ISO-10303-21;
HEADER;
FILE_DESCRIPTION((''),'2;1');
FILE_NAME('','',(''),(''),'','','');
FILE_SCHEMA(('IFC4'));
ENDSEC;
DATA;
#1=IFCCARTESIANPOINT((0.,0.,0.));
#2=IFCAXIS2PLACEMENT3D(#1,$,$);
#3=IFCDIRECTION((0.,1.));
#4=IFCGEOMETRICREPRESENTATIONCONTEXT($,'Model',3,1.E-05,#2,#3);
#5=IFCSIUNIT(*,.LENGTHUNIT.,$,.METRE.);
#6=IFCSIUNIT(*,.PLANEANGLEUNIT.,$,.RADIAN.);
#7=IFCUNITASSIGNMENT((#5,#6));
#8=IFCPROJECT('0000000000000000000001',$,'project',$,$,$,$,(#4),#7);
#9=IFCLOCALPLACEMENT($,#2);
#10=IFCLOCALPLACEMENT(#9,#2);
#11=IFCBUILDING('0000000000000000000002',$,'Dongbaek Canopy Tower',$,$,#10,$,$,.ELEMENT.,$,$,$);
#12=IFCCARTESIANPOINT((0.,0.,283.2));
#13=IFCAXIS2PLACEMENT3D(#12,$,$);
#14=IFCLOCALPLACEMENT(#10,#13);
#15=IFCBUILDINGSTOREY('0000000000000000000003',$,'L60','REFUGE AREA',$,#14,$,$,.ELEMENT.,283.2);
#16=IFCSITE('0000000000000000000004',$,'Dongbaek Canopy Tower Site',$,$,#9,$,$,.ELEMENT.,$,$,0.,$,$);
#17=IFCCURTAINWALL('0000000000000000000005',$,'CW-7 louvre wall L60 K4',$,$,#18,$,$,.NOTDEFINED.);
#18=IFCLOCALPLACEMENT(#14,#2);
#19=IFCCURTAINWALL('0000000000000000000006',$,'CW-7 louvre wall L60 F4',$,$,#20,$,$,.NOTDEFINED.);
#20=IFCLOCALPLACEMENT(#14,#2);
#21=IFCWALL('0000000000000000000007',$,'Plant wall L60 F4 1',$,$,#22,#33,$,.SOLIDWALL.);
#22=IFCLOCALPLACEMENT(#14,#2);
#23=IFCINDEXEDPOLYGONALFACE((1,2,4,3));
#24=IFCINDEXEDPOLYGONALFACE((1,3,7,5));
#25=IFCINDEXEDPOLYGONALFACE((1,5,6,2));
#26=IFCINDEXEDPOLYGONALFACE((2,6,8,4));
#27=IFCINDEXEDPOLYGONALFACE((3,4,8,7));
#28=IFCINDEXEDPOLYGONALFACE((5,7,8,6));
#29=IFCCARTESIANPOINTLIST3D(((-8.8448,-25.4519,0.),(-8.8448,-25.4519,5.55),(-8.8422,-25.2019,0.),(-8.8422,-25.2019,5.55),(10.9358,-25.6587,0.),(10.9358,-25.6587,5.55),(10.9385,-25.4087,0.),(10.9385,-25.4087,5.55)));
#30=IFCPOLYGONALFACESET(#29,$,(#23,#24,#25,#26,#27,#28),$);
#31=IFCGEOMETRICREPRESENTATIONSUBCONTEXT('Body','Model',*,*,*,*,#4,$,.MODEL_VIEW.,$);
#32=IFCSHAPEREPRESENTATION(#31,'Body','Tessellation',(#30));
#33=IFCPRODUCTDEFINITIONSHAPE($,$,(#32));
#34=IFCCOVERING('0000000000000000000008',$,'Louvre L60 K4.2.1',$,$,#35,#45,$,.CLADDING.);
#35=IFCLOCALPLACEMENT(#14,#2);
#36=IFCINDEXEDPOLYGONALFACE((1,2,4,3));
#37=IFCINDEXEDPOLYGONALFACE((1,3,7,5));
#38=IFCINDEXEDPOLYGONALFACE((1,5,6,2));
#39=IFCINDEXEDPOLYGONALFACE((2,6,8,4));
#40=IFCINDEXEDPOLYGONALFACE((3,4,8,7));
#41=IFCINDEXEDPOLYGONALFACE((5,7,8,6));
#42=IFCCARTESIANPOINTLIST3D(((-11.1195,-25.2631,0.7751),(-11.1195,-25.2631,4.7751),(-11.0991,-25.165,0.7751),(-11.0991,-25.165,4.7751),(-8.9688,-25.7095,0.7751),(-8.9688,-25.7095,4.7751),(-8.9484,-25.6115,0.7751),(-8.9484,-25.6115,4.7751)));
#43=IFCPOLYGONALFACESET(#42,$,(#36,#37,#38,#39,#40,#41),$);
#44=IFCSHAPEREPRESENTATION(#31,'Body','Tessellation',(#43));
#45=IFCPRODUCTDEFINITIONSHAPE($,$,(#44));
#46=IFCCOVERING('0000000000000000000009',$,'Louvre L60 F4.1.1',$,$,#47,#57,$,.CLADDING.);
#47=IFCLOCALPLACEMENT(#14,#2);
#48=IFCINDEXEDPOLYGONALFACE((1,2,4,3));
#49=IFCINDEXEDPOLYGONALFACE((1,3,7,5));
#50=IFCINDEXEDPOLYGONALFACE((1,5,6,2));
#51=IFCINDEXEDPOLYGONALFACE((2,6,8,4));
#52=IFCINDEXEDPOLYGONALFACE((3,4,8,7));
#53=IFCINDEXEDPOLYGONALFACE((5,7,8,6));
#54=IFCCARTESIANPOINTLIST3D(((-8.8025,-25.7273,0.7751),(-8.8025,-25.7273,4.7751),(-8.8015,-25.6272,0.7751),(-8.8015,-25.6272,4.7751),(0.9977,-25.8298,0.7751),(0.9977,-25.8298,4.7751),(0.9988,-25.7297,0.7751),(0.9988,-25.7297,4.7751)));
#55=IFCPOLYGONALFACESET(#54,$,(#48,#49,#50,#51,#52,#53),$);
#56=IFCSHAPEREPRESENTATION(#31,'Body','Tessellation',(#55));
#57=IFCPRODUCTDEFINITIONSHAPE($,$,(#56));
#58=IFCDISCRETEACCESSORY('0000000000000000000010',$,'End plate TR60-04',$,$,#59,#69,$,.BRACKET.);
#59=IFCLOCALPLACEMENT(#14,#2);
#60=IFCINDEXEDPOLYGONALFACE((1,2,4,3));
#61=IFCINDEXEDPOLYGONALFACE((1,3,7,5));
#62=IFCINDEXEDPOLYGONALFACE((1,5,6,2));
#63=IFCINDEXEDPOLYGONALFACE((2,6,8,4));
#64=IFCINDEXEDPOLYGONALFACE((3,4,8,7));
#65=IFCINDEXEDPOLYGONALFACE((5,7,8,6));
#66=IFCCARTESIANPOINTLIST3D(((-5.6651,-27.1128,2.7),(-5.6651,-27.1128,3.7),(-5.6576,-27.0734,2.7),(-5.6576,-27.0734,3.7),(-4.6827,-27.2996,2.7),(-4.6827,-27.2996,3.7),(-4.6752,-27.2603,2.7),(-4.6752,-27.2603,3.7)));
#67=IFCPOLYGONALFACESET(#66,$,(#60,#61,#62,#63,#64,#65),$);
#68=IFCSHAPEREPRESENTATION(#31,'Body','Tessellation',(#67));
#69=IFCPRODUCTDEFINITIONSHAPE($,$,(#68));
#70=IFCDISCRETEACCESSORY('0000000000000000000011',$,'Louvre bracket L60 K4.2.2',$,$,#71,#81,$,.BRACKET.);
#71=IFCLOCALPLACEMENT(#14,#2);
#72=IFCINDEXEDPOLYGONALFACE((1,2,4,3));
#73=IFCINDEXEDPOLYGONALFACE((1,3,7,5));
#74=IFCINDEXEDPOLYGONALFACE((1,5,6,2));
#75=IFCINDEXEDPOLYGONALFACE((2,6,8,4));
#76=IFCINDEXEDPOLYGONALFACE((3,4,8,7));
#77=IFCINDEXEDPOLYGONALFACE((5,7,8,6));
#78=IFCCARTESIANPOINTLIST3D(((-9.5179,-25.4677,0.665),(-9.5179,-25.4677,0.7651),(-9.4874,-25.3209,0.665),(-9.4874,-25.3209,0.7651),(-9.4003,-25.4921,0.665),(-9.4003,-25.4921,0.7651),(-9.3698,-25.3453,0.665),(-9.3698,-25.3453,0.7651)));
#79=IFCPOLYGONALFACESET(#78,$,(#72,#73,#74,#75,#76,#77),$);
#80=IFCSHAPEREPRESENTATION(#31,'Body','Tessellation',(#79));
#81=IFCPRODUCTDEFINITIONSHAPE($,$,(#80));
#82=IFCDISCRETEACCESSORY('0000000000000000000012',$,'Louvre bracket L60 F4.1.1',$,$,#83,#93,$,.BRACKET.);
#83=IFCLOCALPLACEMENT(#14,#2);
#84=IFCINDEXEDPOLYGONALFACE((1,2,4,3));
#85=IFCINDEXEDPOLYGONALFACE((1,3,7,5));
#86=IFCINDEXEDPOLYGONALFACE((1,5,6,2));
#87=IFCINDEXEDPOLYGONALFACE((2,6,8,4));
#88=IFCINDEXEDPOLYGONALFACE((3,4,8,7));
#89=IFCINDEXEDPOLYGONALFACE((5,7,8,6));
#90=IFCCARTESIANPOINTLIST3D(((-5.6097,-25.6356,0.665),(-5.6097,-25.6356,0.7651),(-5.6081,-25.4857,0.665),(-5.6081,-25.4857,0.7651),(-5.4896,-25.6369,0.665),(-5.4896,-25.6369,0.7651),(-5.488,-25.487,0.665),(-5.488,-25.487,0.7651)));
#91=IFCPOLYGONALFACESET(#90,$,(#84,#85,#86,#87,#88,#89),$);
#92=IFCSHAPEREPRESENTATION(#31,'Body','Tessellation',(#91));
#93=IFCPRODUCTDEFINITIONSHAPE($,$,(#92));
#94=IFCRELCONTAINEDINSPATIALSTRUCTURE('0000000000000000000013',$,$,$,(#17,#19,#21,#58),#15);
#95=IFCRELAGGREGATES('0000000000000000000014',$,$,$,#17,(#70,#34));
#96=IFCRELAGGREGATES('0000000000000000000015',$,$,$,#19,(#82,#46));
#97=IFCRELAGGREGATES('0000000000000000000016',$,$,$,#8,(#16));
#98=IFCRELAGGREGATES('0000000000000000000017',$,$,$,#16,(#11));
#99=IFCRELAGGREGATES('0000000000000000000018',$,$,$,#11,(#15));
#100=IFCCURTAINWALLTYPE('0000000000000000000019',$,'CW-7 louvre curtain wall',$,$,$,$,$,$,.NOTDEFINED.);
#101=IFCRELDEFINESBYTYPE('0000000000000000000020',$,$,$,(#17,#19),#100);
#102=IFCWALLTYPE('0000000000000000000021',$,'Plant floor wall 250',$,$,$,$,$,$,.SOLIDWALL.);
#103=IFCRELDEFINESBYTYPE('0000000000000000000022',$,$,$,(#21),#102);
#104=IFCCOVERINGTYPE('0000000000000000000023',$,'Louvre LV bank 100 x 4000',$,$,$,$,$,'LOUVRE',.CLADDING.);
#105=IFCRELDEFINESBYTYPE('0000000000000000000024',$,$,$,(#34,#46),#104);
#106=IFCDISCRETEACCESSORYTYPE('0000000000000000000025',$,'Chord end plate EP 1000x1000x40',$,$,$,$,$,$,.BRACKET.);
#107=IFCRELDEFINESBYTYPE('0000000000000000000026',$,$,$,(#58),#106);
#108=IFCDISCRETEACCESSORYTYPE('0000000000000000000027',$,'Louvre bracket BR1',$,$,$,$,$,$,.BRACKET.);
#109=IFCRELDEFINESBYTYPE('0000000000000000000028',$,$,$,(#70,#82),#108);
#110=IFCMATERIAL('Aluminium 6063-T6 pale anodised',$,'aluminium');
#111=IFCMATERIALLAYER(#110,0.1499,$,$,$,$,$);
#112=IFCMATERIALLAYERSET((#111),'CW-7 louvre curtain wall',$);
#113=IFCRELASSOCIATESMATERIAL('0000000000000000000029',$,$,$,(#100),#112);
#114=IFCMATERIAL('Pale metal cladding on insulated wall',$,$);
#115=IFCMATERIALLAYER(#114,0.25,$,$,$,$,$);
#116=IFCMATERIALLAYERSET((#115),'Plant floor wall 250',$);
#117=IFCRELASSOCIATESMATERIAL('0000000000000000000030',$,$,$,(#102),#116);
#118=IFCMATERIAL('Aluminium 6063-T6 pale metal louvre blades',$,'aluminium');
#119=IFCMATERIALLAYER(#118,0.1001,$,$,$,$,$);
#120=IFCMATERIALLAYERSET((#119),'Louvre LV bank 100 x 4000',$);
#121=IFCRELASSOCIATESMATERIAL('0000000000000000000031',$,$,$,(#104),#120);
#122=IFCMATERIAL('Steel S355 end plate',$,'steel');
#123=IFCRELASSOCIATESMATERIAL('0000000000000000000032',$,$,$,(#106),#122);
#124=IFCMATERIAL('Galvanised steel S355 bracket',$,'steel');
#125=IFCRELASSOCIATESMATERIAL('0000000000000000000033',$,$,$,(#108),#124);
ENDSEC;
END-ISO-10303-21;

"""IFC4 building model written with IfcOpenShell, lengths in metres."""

from ifc_helpers import new_model, si_unit, direction, frame, frame_2d, origin, origin_2d, place, context, subcontext, project, spatial, rectangle, extrude, material, layer, layer_set, type_object, element, aggregate, save


model = new_model("IFC4")

# Units and contexts
model_context = context("Model", 3, precision=1e-05, world=origin(), true_north=direction((0.0, 1.0)))
body_context = subcontext(model_context, "Body", "Model", "MODEL_VIEW")
ifc_project = project(units=[si_unit("LENGTHUNIT", "METRE"), si_unit("PLANEANGLEUNIT", "RADIAN")], contexts=[model_context])

# Site, building, storey
site_placement = place(None, origin())
site = spatial("IfcSite", under=ifc_project, at=site_placement, Name="Dongbaek Canopy Tower Site", CompositionType="ELEMENT", RefElevation=0.0)
building_placement = place(site_placement, origin())
building = spatial("IfcBuilding", under=site, at=building_placement, Name="Dongbaek Canopy Tower", CompositionType="ELEMENT")
storey_placement = place(building_placement, frame((0.0, 0.0, 283.2)))
storey = spatial("IfcBuildingStorey", under=building, at=storey_placement, Name="L60", Description="REFUGE AREA", CompositionType="ELEMENT", Elevation=283.2)

# Curtain wall
ifc_material_1 = material(Name="Aluminium 6063-T6 pale anodised", Category="aluminium")
ifc_layer_1 = layer(ifc_material_1, 0.1499)
ifc_layer_set_1 = layer_set([ifc_layer_1], Name="CW-7 louvre curtain wall")
curtain_wall_type = type_object("IfcCurtainWallType", Name="CW-7 louvre curtain wall", PredefinedType="NOTDEFINED", material=ifc_layer_set_1)
curtain_wall_1_placement = place(storey_placement, origin())
curtain_wall_1 = element("IfcCurtainWall", 1, at=curtain_wall_1_placement, inside=storey, type_object=curtain_wall_type, Name="CW-7 louvre wall L60 K4", PredefinedType="NOTDEFINED")

# Curtain wall
curtain_wall_2_placement = place(storey_placement, origin())
curtain_wall_2 = element("IfcCurtainWall", 2, at=curtain_wall_2_placement, inside=storey, type_object=curtain_wall_type, Name="CW-7 louvre wall L60 F4", PredefinedType="NOTDEFINED")

# Wall
ifc_material_2 = material(Name="Pale metal cladding on insulated wall")
ifc_layer_2 = layer(ifc_material_2, 0.25)
ifc_layer_set_2 = layer_set([ifc_layer_2], Name="Plant floor wall 250")
wall_type_1 = type_object("IfcWallType", Name="Plant floor wall 250", PredefinedType="SOLIDWALL", material=ifc_layer_set_2)
wall_1_placement = place(storey_placement, frame((-8.8435, -25.3269, 0.0), z_axis=(0.0, 0.0, 1.0), x_axis=(0.999945, -0.010453, 0.0)))
element("IfcWall", 3, at=wall_1_placement, inside=storey, type_object=wall_type_1, Name="Plant wall L60 F4 1", PredefinedType="SOLIDWALL", context=body_context, shape_type="SweptSolid", body=[
    extrude(rectangle(XDim=19.7817, YDim=0.25, at=frame_2d((9.8909, 0.0))), origin(), (0.0, 0.0, 1.0), 5.55),
])

# Coverings
ifc_material_3 = material(Name="Aluminium 6063-T6 pale metal louvre blades", Category="aluminium")
ifc_layer_3 = layer(ifc_material_3, 0.1001)
ifc_layer_set_3 = layer_set([ifc_layer_3], Name="Louvre LV bank 100 x 4000")
covering_type = type_object("IfcCoveringType", Name="Louvre LV bank 100 x 4000", ElementType="LOUVRE", PredefinedType="CLADDING", material=ifc_layer_set_3)
covering_1_placement = place(storey_placement, frame((-10.0339, -25.4373, 0.7751), z_axis=(0.0, 0.0, 1.0), x_axis=(0.979129, -0.203238, 0.0)))
covering_1 = element("IfcCovering", 4, at=covering_1_placement, type_object=covering_type, Name="Louvre L60 K4.2.1", PredefinedType="CLADDING", context=body_context, shape_type="SweptSolid", body=[
    extrude(rectangle(XDim=2.1965, YDim=0.1001, at=origin_2d()), origin(), (0.0, 0.0, 1.0), 4.0),
])
covering_2_placement = place(storey_placement, frame((-3.9019, -25.7285, 0.7751), z_axis=(0.0, 0.0, 1.0), x_axis=(0.999945, -0.010455, 0.0)))
covering_2 = element("IfcCovering", 5, at=covering_2_placement, type_object=covering_type, Name="Louvre L60 F4.1.1", PredefinedType="CLADDING", context=body_context, shape_type="SweptSolid", body=[
    extrude(rectangle(XDim=9.8008, YDim=0.1001, at=origin_2d()), origin(), (0.0, 0.0, 1.0), 4.0),
])

# Discrete accessories
ifc_material_4 = material(Name="Steel S355 end plate", Category="steel")
discrete_accessory_type_1 = type_object("IfcDiscreteAccessoryType", Name="Chord end plate EP 1000x1000x40", PredefinedType="BRACKET", material=ifc_material_4)
discrete_accessory_1_placement = place(storey_placement, frame((-5.1702, -27.1865, 2.7), z_axis=(0.0, 0.0, 1.0), x_axis=(0.186828, 0.982393, 0.0)))
element("IfcDiscreteAccessory", 6, at=discrete_accessory_1_placement, inside=storey, type_object=discrete_accessory_type_1, Name="End plate TR60-04", PredefinedType="BRACKET", context=body_context, shape_type="SweptSolid", body=[
    extrude(rectangle(XDim=0.04, YDim=1.0, at=origin_2d()), origin(), (0.0, 0.0, 1.0), 1.0),
])
ifc_material_5 = material(Name="Galvanised steel S355 bracket", Category="steel")
discrete_accessory_type_2 = type_object("IfcDiscreteAccessoryType", Name="Louvre bracket BR1", PredefinedType="BRACKET", material=ifc_material_5)
discrete_accessory_2_placement = place(storey_placement, frame((-9.4438, -25.4065, 0.665), z_axis=(0.0, 0.0, 1.0), x_axis=(0.979129, -0.203238, 0.0)))
discrete_accessory_2 = element("IfcDiscreteAccessory", 7, at=discrete_accessory_2_placement, type_object=discrete_accessory_type_2, Name="Louvre bracket L60 K4.2.2", PredefinedType="BRACKET", context=body_context, shape_type="SweptSolid", body=[
    extrude(rectangle(XDim=0.1201, YDim=0.1499, at=origin_2d()), origin(), (0.0, 0.0, 1.0), 0.1001),
])
aggregate(curtain_wall_1, [discrete_accessory_2, covering_1])
discrete_accessory_3_placement = place(storey_placement, frame((-5.5488, -25.5613, 0.665), z_axis=(0.0, 0.0, 1.0), x_axis=(0.999945, -0.010455, 0.0)))
discrete_accessory_3 = element("IfcDiscreteAccessory", 8, at=discrete_accessory_3_placement, type_object=discrete_accessory_type_2, Name="Louvre bracket L60 F4.1.1", PredefinedType="BRACKET", context=body_context, shape_type="SweptSolid", body=[
    extrude(rectangle(XDim=0.1201, YDim=0.1499, at=origin_2d()), origin(), (0.0, 0.0, 1.0), 0.1001),
])
aggregate(curtain_wall_2, [discrete_accessory_3, covering_2])

save(model, "model.ifc")
